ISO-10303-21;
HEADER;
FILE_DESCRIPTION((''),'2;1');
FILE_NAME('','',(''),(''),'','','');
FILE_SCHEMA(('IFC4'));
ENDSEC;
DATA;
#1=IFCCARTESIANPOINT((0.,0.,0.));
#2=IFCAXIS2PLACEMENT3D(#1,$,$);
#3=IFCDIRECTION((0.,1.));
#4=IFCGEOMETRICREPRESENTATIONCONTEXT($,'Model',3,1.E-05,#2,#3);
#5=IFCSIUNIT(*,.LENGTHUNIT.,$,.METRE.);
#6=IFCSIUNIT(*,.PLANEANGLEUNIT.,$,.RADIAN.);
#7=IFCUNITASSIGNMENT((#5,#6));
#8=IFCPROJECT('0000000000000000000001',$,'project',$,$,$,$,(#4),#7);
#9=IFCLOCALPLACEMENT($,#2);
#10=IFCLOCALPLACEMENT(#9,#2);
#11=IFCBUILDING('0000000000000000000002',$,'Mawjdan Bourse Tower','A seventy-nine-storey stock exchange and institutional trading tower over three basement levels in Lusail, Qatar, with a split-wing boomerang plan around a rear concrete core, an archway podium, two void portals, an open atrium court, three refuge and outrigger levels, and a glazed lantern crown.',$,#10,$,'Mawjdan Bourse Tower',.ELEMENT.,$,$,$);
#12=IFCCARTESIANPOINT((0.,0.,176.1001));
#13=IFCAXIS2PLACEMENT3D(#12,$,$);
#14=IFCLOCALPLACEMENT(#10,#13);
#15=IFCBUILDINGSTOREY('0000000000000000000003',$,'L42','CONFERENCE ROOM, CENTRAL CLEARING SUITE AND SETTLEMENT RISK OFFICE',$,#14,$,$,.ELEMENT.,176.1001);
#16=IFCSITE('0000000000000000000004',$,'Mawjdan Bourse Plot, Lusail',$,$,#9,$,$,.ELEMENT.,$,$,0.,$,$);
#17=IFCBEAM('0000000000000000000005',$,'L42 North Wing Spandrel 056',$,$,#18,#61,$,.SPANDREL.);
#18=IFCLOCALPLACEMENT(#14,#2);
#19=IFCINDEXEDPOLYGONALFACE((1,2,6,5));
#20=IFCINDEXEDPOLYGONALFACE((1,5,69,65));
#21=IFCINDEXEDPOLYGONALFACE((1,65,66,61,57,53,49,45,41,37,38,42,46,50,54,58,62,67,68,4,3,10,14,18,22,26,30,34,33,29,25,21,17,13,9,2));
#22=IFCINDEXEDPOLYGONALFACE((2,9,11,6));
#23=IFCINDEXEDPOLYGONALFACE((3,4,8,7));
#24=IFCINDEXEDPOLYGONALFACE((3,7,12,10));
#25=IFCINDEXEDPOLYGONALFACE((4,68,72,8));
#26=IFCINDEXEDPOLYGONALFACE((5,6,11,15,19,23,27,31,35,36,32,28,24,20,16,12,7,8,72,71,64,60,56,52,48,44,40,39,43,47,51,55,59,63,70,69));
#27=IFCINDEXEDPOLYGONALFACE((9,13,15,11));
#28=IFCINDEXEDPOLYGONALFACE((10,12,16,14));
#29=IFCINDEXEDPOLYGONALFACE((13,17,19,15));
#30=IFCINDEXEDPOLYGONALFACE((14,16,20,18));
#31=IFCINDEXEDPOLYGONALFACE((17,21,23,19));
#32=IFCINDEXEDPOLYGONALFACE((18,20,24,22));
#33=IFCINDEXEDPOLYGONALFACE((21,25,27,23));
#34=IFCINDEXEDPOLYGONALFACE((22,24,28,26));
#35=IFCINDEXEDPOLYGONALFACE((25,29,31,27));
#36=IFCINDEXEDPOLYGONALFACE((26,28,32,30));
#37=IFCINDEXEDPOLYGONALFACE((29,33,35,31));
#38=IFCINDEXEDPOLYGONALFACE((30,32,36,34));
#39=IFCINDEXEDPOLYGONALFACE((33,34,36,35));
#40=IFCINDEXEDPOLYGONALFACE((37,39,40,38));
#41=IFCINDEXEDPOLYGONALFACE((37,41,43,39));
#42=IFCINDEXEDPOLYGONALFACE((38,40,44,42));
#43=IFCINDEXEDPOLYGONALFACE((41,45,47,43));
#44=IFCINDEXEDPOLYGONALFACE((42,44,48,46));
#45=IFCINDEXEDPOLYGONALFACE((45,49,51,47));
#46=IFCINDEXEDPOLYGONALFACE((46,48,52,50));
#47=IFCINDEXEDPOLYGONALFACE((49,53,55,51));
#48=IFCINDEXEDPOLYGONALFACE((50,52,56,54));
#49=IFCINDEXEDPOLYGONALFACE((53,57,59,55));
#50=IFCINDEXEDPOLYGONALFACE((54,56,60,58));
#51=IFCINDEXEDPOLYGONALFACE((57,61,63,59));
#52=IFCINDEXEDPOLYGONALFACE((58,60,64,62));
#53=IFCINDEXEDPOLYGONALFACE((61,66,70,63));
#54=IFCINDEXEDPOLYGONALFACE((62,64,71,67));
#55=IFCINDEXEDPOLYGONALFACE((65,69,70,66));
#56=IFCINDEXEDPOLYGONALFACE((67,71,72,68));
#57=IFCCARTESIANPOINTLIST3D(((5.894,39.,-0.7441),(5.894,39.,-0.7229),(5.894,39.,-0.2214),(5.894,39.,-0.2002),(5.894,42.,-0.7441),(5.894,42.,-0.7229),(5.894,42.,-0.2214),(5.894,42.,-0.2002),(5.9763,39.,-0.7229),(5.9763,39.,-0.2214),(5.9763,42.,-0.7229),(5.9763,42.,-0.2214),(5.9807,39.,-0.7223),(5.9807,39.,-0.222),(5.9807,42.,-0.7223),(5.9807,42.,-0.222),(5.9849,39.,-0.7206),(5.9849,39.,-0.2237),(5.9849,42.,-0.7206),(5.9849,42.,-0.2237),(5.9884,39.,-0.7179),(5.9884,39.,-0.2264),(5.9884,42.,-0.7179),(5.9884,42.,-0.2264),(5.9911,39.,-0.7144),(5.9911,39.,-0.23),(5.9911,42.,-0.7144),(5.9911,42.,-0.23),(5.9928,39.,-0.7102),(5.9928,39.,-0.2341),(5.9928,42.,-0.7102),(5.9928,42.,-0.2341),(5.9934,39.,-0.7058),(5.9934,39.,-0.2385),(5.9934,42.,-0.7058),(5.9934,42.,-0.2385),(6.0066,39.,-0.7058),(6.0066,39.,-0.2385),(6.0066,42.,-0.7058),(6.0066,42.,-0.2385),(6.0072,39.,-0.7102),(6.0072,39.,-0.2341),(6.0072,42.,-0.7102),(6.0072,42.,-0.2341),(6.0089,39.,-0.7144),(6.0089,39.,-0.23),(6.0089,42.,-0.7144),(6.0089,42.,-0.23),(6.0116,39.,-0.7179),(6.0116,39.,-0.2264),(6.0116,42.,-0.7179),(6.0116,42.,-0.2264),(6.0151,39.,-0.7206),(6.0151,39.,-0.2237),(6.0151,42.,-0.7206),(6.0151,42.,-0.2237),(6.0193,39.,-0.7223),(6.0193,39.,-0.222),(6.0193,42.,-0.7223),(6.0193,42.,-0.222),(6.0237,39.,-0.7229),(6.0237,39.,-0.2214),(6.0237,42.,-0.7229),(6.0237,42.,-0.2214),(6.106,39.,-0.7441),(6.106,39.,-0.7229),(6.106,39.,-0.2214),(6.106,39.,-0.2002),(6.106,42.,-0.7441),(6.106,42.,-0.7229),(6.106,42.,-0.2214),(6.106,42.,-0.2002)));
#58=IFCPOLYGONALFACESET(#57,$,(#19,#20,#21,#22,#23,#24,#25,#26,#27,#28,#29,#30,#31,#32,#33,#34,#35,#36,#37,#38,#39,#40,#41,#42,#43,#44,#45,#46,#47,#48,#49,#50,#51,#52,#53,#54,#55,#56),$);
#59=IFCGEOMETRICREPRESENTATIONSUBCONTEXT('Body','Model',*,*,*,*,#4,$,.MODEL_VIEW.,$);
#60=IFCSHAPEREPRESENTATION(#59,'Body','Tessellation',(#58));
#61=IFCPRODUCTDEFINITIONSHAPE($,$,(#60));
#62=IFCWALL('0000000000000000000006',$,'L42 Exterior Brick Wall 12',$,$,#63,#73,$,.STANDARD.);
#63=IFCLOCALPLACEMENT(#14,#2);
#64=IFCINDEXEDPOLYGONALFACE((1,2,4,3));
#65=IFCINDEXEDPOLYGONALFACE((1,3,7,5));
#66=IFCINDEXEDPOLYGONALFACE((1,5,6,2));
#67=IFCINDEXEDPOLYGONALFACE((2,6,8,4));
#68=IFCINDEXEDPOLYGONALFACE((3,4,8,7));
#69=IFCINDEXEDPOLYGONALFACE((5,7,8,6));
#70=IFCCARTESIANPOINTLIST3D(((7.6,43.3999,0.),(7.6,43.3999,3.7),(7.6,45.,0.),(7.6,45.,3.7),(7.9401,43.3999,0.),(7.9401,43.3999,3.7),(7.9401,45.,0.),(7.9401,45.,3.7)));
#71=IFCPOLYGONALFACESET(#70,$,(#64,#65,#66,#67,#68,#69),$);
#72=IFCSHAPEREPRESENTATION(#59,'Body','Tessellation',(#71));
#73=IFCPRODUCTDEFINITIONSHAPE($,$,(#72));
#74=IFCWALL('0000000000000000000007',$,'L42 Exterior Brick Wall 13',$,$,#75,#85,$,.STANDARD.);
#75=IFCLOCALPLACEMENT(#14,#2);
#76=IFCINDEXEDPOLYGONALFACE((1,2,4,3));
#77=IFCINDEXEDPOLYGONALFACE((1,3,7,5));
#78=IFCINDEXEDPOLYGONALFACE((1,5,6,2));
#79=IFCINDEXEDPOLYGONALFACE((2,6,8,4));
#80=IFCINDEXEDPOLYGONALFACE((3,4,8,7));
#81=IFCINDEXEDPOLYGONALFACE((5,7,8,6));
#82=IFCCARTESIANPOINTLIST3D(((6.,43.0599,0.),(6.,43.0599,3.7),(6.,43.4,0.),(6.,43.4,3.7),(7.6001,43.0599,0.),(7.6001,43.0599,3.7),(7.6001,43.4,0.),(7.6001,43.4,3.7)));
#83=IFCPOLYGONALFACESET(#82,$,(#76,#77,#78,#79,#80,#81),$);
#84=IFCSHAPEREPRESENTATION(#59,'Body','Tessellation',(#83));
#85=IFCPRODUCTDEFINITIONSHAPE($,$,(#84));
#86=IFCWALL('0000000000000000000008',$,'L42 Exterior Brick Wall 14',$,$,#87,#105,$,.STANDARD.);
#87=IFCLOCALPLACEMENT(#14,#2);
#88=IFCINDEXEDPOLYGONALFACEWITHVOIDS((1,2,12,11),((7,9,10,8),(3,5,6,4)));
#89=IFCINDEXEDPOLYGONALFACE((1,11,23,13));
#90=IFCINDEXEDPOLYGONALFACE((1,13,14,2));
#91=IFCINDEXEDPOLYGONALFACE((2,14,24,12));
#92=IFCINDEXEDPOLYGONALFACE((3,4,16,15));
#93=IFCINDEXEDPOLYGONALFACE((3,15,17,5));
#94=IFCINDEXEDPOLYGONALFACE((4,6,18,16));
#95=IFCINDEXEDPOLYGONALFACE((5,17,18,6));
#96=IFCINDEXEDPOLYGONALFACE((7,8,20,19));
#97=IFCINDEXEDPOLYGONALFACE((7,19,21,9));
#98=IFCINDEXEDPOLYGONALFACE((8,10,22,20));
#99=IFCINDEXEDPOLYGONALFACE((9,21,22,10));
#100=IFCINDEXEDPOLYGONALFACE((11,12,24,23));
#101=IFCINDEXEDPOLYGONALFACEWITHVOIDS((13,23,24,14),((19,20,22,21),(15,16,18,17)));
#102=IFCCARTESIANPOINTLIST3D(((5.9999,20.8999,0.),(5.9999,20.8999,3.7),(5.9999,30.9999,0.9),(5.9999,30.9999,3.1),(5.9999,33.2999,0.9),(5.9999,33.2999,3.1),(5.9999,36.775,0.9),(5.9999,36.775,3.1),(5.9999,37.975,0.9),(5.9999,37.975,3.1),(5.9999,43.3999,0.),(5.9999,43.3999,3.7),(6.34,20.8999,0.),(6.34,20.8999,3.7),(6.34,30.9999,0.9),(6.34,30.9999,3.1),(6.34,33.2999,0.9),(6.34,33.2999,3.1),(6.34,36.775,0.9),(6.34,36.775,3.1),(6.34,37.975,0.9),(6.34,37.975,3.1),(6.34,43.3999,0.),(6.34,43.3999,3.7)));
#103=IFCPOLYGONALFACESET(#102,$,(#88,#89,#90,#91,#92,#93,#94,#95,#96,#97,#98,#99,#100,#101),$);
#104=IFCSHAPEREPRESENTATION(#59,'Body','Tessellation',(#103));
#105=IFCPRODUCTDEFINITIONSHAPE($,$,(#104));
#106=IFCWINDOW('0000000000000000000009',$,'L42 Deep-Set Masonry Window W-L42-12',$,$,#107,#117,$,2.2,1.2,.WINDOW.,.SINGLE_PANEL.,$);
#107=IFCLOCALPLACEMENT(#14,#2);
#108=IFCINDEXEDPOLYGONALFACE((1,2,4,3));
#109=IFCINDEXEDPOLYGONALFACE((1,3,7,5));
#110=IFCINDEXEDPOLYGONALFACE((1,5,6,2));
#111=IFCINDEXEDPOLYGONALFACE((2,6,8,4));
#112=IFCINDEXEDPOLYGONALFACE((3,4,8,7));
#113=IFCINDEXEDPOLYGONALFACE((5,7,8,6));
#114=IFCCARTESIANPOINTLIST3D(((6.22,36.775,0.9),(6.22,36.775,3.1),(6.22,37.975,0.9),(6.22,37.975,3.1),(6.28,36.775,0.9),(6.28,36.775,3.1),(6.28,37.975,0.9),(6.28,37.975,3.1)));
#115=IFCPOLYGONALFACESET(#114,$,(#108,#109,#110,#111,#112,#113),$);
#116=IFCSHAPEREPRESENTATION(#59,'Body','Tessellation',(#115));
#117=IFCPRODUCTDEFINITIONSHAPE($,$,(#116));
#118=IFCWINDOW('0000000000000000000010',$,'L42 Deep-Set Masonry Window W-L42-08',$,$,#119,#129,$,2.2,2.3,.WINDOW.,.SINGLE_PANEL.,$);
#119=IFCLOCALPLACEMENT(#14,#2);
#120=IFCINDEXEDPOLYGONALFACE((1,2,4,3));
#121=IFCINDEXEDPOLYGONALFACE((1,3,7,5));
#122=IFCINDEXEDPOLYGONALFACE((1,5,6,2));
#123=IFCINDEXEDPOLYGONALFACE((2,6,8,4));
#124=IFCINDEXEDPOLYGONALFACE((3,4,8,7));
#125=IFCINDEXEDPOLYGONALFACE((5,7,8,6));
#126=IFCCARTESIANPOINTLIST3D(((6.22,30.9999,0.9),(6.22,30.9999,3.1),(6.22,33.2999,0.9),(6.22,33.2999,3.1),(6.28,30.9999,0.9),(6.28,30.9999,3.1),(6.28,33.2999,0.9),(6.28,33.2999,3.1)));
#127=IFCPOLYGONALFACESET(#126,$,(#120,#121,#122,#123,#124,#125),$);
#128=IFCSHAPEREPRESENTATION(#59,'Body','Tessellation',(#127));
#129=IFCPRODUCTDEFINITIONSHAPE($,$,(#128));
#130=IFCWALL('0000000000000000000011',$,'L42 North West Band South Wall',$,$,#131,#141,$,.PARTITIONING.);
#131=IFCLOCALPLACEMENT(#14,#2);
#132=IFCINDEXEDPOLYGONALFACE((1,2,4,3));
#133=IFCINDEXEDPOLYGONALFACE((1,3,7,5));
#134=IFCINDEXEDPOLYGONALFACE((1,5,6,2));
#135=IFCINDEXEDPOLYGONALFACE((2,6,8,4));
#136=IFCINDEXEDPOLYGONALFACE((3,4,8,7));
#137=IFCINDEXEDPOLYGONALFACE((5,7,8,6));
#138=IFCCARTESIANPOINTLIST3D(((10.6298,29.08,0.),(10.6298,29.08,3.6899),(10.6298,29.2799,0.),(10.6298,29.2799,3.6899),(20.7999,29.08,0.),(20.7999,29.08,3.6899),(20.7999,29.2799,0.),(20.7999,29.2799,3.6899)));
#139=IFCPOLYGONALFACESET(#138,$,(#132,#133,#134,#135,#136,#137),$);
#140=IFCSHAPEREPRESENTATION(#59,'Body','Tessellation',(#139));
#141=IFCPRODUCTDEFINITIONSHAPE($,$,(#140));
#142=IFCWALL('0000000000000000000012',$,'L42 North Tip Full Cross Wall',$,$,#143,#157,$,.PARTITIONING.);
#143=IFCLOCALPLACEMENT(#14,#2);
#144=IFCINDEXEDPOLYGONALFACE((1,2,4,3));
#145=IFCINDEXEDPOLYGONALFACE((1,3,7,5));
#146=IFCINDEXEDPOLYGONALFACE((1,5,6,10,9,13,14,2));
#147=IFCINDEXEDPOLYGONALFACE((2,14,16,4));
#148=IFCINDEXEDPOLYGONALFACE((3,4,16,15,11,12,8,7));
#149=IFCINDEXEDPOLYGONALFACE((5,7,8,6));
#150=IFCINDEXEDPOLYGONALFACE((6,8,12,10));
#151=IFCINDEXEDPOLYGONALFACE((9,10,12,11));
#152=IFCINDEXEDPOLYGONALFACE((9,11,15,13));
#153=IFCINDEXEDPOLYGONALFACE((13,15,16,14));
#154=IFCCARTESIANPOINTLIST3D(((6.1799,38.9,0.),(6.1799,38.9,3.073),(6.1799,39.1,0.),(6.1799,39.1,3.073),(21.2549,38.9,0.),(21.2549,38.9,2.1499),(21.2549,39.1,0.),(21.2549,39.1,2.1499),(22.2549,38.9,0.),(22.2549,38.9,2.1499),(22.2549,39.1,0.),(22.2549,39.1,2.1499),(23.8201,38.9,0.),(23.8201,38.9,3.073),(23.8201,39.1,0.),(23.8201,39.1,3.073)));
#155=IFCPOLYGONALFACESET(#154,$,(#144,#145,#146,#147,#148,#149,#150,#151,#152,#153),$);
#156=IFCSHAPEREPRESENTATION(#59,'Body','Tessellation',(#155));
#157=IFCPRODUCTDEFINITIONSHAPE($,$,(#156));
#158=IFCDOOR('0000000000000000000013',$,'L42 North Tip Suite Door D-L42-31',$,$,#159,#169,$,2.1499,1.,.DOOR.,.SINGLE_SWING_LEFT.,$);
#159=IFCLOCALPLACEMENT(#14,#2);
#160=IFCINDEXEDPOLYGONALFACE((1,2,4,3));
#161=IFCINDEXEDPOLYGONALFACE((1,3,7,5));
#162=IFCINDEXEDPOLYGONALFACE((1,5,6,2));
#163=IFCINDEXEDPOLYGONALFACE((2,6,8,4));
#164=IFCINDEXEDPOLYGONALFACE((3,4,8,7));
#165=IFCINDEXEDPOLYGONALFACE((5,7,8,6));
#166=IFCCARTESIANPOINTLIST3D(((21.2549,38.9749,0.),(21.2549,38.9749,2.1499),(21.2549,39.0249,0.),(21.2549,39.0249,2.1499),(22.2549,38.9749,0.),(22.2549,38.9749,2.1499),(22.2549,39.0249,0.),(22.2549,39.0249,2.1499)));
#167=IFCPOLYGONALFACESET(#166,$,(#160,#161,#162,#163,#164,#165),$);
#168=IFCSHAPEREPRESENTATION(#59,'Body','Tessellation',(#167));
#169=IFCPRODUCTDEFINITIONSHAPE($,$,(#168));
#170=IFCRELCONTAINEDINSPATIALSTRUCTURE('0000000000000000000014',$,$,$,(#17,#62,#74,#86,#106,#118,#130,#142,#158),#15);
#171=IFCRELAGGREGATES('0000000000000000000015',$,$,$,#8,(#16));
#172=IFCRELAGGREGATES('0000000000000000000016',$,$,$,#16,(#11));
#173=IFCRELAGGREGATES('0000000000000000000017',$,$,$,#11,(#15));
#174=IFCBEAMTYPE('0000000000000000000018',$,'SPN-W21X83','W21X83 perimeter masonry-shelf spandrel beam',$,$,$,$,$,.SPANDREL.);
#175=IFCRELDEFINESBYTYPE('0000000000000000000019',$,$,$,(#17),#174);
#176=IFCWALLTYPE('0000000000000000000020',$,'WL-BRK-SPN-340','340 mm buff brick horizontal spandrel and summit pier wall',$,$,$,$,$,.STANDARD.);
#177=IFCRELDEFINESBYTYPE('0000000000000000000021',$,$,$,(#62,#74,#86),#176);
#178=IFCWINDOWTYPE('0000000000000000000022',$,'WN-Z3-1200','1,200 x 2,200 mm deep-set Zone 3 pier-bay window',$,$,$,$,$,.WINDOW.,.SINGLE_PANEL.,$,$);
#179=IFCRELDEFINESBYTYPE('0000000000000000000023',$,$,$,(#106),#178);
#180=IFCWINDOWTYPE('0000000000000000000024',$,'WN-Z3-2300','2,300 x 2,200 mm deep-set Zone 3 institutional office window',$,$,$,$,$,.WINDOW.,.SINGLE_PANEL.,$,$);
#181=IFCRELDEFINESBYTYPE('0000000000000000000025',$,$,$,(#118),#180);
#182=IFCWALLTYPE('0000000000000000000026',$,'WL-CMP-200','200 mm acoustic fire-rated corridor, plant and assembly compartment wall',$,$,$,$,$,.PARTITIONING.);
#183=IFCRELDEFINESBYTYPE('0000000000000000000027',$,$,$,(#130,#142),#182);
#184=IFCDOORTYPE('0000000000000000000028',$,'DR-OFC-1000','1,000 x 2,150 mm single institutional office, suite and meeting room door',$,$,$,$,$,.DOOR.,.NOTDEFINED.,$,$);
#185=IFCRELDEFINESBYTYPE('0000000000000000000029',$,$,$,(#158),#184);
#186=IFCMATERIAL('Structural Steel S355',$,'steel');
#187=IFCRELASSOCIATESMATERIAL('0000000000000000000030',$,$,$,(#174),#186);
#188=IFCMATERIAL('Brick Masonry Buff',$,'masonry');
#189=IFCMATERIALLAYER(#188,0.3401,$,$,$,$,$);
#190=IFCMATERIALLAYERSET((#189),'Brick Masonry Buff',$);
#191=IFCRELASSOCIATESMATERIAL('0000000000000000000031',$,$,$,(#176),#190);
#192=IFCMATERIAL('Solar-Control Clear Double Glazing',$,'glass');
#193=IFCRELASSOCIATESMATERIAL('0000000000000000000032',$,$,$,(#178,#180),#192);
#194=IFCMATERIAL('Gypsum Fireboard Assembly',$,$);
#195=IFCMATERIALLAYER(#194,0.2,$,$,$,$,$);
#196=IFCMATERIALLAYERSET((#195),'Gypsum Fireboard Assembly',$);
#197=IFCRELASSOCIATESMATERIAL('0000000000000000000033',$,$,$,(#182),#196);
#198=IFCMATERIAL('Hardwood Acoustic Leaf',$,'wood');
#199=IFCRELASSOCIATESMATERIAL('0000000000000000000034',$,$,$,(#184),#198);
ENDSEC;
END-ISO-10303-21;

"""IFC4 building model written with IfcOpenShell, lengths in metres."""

from ifc_helpers import new_model, si_unit, direction, frame, frame_2d, origin, origin_2d, place, context, subcontext, project, spatial, rectangle, i_section, extrude, material, layer, layer_set, material_profile, profile_set, type_object, element, fill, save


model = new_model("IFC4")

# Units and contexts
model_context = context("Model", 3, precision=1e-05, world=origin(), true_north=direction((0.0, 1.0)))
body_context = subcontext(model_context, "Body", "Model", "MODEL_VIEW")
ifc_project = project(units=[si_unit("LENGTHUNIT", "METRE"), si_unit("PLANEANGLEUNIT", "RADIAN")], contexts=[model_context])

# Site, building, storey
site_placement = place(None, origin())
site = spatial("IfcSite", under=ifc_project, at=site_placement, Name="Mawjdan Bourse Plot, Lusail", CompositionType="ELEMENT", RefElevation=0.0)
building_placement = place(site_placement, origin())
building = spatial("IfcBuilding", under=site, at=building_placement, Name="Mawjdan Bourse Tower", Description="A seventy-nine-storey stock exchange and institutional trading tower over three basement levels in Lusail, Qatar, with a split-wing boomerang plan around a rear concrete core, an archway podium, two void portals, an open atrium court, three refuge and outrigger levels, and a glazed lantern crown.", LongName="Mawjdan Bourse Tower", CompositionType="ELEMENT")
storey_placement = place(building_placement, frame((0.0, 0.0, 176.1001)))
storey = spatial("IfcBuildingStorey", under=building, at=storey_placement, Name="L42", Description="CONFERENCE ROOM, CENTRAL CLEARING SUITE AND SETTLEMENT RISK OFFICE", CompositionType="ELEMENT", Elevation=176.1001)

# Beam
ifc_material_1 = material(Name="Structural Steel S355", Category="steel")
ifc_material_profile_1 = material_profile(ifc_material_1, i_section(OverallWidth=0.2119, OverallDepth=0.5439, WebThickness=0.0132, FlangeThickness=0.0212, FilletRadius=0.0171, at=origin_2d()), Name="W21X83")
ifc_profile_set_1 = profile_set([ifc_material_profile_1], Name="Structural Steel S355")
beam_type_1 = type_object("IfcBeamType", Name="SPN-W21X83", Description="W21X83 perimeter masonry-shelf spandrel beam", PredefinedType="SPANDREL", material=ifc_profile_set_1)
for number, where, z_axis, x_axis, name in (
    (1, (6.0, 39.0, -0.4722), (0.0, 1.0, 0.0), (-1.0, 0.0, 0.0), "L42 North Wing Spandrel 056"),
):
    element("IfcBeam", number, at=place(storey_placement, frame(where, z_axis=z_axis, x_axis=x_axis)), inside=storey, type_object=beam_type_1, Name=name, PredefinedType="SPANDREL", context=body_context, shape_type="SweptSolid", body=[
        extrude(i_section(OverallWidth=0.2119, OverallDepth=0.5439, WebThickness=0.0132, FlangeThickness=0.0212, FilletRadius=0.0171, at=origin_2d()), origin(), (0.0, 0.0, 1.0), 3.0),
    ])

# Walls
ifc_material_2 = material(Name="Brick Masonry Buff", Category="masonry")
ifc_layer_1 = layer(ifc_material_2, 0.3401)
ifc_layer_set_1 = layer_set([ifc_layer_1], Name="Brick Masonry Buff")
wall_type_1 = type_object("IfcWallType", Name="WL-BRK-SPN-340", Description="340 mm buff brick horizontal spandrel and summit pier wall", PredefinedType="STANDARD", material=ifc_layer_set_1)
for number, where, z_axis, x_axis, name in (
    (2, (7.77, 45.0, 0.0), (0.0, 0.0, 1.0), (0.0, -1.0, 0.0), "L42 Exterior Brick Wall 12"),
    (3, (7.6001, 43.23, 0.0), (0.0, 0.0, 1.0), (-1.0, 0.0, 0.0), "L42 Exterior Brick Wall 13"),
):
    element("IfcWall", number, at=place(storey_placement, frame(where, z_axis=z_axis, x_axis=x_axis)), inside=storey, type_object=wall_type_1, Name=name, PredefinedType="STANDARD", context=body_context, shape_type="SweptSolid", body=[
        extrude(rectangle(XDim=1.6001, YDim=0.3401, at=frame_2d((0.8, 0.0))), origin(), (0.0, 0.0, 1.0), 3.7),
    ])

# Wall, openings, windows
wall_1_placement = place(storey_placement, frame((6.1699, 43.3999, 0.0), z_axis=(0.0, 0.0, 1.0), x_axis=(0.0, -1.0, 0.0)))
wall_1 = element("IfcWall", 4, at=wall_1_placement, inside=storey, type_object=wall_type_1, Name="L42 Exterior Brick Wall 14", PredefinedType="STANDARD", context=body_context, shape_type="SweptSolid", body=[
    extrude(rectangle(XDim=22.5, YDim=0.3401, at=frame_2d((11.25, 0.0))), origin(), (0.0, 0.0, 1.0), 3.7),
])
opening_1_placement = place(wall_1_placement, frame((10.1001, 0.0, 0.8999)))
opening_1 = element("IfcOpeningElement", 5, at=opening_1_placement, cuts=wall_1, PredefinedType="OPENING", context=body_context, shape_type="SweptSolid", body=[
    extrude(rectangle(XDim=2.3, YDim=2.2, at=frame_2d((1.1499, 1.1001))), frame((0.0, 0.1802, 0.0), z_axis=(0.0, -1.0, 0.0), x_axis=(1.0, 0.0, 0.0)), (0.0, 0.0, 1.0), 0.3601),
])
opening_2_placement = place(wall_1_placement, frame((5.4248, 0.0, 0.8999)))
opening_2 = element("IfcOpeningElement", 6, at=opening_2_placement, cuts=wall_1, PredefinedType="OPENING", context=body_context, shape_type="SweptSolid", body=[
    extrude(rectangle(XDim=1.2, YDim=2.2, at=frame_2d((0.6001, 1.1001))), frame((0.0, 0.1802, 0.0), z_axis=(0.0, -1.0, 0.0), x_axis=(1.0, 0.0, 0.0)), (0.0, 0.0, 1.0), 0.3601),
])
ifc_material_3 = material(Name="Solar-Control Clear Double Glazing", Category="glass")
window_type_1 = type_object("IfcWindowType", Name="WN-Z3-1200", Description="1,200 x 2,200 mm deep-set Zone 3 pier-bay window", PartitioningType="SINGLE_PANEL", PredefinedType="WINDOW", material=ifc_material_3)
window_1_placement = place(opening_2_placement, origin())
window_1 = element("IfcWindow", 7, at=window_1_placement, inside=storey, type_object=window_type_1, Name="L42 Deep-Set Masonry Window W-L42-12", OverallHeight=2.2, OverallWidth=1.2, PartitioningType="SINGLE_PANEL", PredefinedType="WINDOW", context=body_context, shape_type="SweptSolid", body=[
    extrude(rectangle(XDim=1.2, YDim=2.2, at=frame_2d((0.6001, 1.1001))), frame((0.0, 0.1101, 0.0), z_axis=(0.0, -1.0, 0.0), x_axis=(1.0, 0.0, 0.0)), (0.0, 0.0, 1.0), 0.0601),
])
fill(opening_2, window_1)
window_type_2 = type_object("IfcWindowType", Name="WN-Z3-2300", Description="2,300 x 2,200 mm deep-set Zone 3 institutional office window", PartitioningType="SINGLE_PANEL", PredefinedType="WINDOW", material=ifc_material_3)
window_2_placement = place(opening_1_placement, origin())
window_2 = element("IfcWindow", 8, at=window_2_placement, inside=storey, type_object=window_type_2, Name="L42 Deep-Set Masonry Window W-L42-08", OverallHeight=2.2, OverallWidth=2.3, PartitioningType="SINGLE_PANEL", PredefinedType="WINDOW", context=body_context, shape_type="SweptSolid", body=[
    extrude(rectangle(XDim=2.3, YDim=2.2, at=frame_2d((1.1499, 1.1001))), frame((0.0, 0.1101, 0.0), z_axis=(0.0, -1.0, 0.0), x_axis=(1.0, 0.0, 0.0)), (0.0, 0.0, 1.0), 0.0601),
])
fill(opening_1, window_2)

# Wall
ifc_material_4 = material(Name="Gypsum Fireboard Assembly")
ifc_layer_2 = layer(ifc_material_4, 0.2)
ifc_layer_set_2 = layer_set([ifc_layer_2], Name="Gypsum Fireboard Assembly")
wall_type_2 = type_object("IfcWallType", Name="WL-CMP-200", Description="200 mm acoustic fire-rated corridor, plant and assembly compartment wall", PredefinedType="PARTITIONING", material=ifc_layer_set_2)
wall_2_placement = place(storey_placement, frame((10.6299, 29.1799, 0.0), z_axis=(0.0, 0.0, 1.0), x_axis=(1.0, 0.0, 0.0)))
element("IfcWall", 9, at=wall_2_placement, inside=storey, type_object=wall_type_2, Name="L42 North West Band South Wall", PredefinedType="PARTITIONING", context=body_context, shape_type="SweptSolid", body=[
    extrude(rectangle(XDim=10.1702, YDim=0.2, at=frame_2d((5.085, 0.0))), origin(), (0.0, 0.0, 1.0), 3.6899),
])

# Wall, opening, door
wall_3_placement = place(storey_placement, frame((6.1799, 39.0, 0.0), z_axis=(0.0, 0.0, 1.0), x_axis=(1.0, 0.0, 0.0)))
wall_3 = element("IfcWall", 10, at=wall_3_placement, inside=storey, type_object=wall_type_2, Name="L42 North Tip Full Cross Wall", PredefinedType="PARTITIONING", context=body_context, shape_type="SweptSolid", body=[
    extrude(rectangle(XDim=17.6401, YDim=0.2, at=frame_2d((8.8201, 0.0))), origin(), (0.0, 0.0, 1.0), 3.073),
])
opening_3_placement = place(wall_3_placement, frame((15.075, 0.0, 0.0)))
opening_3 = element("IfcOpeningElement", 11, at=opening_3_placement, cuts=wall_3, PredefinedType="OPENING", context=body_context, shape_type="SweptSolid", body=[
    extrude(rectangle(XDim=1.0, YDim=2.1499, at=frame_2d((0.5, 1.075))), frame((0.0, 0.1099, 0.0), z_axis=(0.0, -1.0, 0.0), x_axis=(1.0, 0.0, 0.0)), (0.0, 0.0, 1.0), 0.22),
])
ifc_material_5 = material(Name="Hardwood Acoustic Leaf", Category="wood")
door_type = type_object("IfcDoorType", Name="DR-OFC-1000", Description="1,000 x 2,150 mm single institutional office, suite and meeting room door", OperationType="NOTDEFINED", PredefinedType="DOOR", material=ifc_material_5)
door_placement = place(opening_3_placement, origin())
door = element("IfcDoor", 12, at=door_placement, inside=storey, type_object=door_type, Name="L42 North Tip Suite Door D-L42-31", OperationType="SINGLE_SWING_LEFT", OverallHeight=2.1499, OverallWidth=1.0, PredefinedType="DOOR", context=body_context, shape_type="SweptSolid", body=[
    extrude(rectangle(XDim=1.0, YDim=2.1499, at=frame_2d((0.5, 1.075))), frame((0.0, 0.0249, 0.0), z_axis=(0.0, -1.0, 0.0), x_axis=(1.0, 0.0, 0.0)), (0.0, 0.0, 1.0), 0.05),
])
fill(opening_3, door)

save(model, "model.ifc")
